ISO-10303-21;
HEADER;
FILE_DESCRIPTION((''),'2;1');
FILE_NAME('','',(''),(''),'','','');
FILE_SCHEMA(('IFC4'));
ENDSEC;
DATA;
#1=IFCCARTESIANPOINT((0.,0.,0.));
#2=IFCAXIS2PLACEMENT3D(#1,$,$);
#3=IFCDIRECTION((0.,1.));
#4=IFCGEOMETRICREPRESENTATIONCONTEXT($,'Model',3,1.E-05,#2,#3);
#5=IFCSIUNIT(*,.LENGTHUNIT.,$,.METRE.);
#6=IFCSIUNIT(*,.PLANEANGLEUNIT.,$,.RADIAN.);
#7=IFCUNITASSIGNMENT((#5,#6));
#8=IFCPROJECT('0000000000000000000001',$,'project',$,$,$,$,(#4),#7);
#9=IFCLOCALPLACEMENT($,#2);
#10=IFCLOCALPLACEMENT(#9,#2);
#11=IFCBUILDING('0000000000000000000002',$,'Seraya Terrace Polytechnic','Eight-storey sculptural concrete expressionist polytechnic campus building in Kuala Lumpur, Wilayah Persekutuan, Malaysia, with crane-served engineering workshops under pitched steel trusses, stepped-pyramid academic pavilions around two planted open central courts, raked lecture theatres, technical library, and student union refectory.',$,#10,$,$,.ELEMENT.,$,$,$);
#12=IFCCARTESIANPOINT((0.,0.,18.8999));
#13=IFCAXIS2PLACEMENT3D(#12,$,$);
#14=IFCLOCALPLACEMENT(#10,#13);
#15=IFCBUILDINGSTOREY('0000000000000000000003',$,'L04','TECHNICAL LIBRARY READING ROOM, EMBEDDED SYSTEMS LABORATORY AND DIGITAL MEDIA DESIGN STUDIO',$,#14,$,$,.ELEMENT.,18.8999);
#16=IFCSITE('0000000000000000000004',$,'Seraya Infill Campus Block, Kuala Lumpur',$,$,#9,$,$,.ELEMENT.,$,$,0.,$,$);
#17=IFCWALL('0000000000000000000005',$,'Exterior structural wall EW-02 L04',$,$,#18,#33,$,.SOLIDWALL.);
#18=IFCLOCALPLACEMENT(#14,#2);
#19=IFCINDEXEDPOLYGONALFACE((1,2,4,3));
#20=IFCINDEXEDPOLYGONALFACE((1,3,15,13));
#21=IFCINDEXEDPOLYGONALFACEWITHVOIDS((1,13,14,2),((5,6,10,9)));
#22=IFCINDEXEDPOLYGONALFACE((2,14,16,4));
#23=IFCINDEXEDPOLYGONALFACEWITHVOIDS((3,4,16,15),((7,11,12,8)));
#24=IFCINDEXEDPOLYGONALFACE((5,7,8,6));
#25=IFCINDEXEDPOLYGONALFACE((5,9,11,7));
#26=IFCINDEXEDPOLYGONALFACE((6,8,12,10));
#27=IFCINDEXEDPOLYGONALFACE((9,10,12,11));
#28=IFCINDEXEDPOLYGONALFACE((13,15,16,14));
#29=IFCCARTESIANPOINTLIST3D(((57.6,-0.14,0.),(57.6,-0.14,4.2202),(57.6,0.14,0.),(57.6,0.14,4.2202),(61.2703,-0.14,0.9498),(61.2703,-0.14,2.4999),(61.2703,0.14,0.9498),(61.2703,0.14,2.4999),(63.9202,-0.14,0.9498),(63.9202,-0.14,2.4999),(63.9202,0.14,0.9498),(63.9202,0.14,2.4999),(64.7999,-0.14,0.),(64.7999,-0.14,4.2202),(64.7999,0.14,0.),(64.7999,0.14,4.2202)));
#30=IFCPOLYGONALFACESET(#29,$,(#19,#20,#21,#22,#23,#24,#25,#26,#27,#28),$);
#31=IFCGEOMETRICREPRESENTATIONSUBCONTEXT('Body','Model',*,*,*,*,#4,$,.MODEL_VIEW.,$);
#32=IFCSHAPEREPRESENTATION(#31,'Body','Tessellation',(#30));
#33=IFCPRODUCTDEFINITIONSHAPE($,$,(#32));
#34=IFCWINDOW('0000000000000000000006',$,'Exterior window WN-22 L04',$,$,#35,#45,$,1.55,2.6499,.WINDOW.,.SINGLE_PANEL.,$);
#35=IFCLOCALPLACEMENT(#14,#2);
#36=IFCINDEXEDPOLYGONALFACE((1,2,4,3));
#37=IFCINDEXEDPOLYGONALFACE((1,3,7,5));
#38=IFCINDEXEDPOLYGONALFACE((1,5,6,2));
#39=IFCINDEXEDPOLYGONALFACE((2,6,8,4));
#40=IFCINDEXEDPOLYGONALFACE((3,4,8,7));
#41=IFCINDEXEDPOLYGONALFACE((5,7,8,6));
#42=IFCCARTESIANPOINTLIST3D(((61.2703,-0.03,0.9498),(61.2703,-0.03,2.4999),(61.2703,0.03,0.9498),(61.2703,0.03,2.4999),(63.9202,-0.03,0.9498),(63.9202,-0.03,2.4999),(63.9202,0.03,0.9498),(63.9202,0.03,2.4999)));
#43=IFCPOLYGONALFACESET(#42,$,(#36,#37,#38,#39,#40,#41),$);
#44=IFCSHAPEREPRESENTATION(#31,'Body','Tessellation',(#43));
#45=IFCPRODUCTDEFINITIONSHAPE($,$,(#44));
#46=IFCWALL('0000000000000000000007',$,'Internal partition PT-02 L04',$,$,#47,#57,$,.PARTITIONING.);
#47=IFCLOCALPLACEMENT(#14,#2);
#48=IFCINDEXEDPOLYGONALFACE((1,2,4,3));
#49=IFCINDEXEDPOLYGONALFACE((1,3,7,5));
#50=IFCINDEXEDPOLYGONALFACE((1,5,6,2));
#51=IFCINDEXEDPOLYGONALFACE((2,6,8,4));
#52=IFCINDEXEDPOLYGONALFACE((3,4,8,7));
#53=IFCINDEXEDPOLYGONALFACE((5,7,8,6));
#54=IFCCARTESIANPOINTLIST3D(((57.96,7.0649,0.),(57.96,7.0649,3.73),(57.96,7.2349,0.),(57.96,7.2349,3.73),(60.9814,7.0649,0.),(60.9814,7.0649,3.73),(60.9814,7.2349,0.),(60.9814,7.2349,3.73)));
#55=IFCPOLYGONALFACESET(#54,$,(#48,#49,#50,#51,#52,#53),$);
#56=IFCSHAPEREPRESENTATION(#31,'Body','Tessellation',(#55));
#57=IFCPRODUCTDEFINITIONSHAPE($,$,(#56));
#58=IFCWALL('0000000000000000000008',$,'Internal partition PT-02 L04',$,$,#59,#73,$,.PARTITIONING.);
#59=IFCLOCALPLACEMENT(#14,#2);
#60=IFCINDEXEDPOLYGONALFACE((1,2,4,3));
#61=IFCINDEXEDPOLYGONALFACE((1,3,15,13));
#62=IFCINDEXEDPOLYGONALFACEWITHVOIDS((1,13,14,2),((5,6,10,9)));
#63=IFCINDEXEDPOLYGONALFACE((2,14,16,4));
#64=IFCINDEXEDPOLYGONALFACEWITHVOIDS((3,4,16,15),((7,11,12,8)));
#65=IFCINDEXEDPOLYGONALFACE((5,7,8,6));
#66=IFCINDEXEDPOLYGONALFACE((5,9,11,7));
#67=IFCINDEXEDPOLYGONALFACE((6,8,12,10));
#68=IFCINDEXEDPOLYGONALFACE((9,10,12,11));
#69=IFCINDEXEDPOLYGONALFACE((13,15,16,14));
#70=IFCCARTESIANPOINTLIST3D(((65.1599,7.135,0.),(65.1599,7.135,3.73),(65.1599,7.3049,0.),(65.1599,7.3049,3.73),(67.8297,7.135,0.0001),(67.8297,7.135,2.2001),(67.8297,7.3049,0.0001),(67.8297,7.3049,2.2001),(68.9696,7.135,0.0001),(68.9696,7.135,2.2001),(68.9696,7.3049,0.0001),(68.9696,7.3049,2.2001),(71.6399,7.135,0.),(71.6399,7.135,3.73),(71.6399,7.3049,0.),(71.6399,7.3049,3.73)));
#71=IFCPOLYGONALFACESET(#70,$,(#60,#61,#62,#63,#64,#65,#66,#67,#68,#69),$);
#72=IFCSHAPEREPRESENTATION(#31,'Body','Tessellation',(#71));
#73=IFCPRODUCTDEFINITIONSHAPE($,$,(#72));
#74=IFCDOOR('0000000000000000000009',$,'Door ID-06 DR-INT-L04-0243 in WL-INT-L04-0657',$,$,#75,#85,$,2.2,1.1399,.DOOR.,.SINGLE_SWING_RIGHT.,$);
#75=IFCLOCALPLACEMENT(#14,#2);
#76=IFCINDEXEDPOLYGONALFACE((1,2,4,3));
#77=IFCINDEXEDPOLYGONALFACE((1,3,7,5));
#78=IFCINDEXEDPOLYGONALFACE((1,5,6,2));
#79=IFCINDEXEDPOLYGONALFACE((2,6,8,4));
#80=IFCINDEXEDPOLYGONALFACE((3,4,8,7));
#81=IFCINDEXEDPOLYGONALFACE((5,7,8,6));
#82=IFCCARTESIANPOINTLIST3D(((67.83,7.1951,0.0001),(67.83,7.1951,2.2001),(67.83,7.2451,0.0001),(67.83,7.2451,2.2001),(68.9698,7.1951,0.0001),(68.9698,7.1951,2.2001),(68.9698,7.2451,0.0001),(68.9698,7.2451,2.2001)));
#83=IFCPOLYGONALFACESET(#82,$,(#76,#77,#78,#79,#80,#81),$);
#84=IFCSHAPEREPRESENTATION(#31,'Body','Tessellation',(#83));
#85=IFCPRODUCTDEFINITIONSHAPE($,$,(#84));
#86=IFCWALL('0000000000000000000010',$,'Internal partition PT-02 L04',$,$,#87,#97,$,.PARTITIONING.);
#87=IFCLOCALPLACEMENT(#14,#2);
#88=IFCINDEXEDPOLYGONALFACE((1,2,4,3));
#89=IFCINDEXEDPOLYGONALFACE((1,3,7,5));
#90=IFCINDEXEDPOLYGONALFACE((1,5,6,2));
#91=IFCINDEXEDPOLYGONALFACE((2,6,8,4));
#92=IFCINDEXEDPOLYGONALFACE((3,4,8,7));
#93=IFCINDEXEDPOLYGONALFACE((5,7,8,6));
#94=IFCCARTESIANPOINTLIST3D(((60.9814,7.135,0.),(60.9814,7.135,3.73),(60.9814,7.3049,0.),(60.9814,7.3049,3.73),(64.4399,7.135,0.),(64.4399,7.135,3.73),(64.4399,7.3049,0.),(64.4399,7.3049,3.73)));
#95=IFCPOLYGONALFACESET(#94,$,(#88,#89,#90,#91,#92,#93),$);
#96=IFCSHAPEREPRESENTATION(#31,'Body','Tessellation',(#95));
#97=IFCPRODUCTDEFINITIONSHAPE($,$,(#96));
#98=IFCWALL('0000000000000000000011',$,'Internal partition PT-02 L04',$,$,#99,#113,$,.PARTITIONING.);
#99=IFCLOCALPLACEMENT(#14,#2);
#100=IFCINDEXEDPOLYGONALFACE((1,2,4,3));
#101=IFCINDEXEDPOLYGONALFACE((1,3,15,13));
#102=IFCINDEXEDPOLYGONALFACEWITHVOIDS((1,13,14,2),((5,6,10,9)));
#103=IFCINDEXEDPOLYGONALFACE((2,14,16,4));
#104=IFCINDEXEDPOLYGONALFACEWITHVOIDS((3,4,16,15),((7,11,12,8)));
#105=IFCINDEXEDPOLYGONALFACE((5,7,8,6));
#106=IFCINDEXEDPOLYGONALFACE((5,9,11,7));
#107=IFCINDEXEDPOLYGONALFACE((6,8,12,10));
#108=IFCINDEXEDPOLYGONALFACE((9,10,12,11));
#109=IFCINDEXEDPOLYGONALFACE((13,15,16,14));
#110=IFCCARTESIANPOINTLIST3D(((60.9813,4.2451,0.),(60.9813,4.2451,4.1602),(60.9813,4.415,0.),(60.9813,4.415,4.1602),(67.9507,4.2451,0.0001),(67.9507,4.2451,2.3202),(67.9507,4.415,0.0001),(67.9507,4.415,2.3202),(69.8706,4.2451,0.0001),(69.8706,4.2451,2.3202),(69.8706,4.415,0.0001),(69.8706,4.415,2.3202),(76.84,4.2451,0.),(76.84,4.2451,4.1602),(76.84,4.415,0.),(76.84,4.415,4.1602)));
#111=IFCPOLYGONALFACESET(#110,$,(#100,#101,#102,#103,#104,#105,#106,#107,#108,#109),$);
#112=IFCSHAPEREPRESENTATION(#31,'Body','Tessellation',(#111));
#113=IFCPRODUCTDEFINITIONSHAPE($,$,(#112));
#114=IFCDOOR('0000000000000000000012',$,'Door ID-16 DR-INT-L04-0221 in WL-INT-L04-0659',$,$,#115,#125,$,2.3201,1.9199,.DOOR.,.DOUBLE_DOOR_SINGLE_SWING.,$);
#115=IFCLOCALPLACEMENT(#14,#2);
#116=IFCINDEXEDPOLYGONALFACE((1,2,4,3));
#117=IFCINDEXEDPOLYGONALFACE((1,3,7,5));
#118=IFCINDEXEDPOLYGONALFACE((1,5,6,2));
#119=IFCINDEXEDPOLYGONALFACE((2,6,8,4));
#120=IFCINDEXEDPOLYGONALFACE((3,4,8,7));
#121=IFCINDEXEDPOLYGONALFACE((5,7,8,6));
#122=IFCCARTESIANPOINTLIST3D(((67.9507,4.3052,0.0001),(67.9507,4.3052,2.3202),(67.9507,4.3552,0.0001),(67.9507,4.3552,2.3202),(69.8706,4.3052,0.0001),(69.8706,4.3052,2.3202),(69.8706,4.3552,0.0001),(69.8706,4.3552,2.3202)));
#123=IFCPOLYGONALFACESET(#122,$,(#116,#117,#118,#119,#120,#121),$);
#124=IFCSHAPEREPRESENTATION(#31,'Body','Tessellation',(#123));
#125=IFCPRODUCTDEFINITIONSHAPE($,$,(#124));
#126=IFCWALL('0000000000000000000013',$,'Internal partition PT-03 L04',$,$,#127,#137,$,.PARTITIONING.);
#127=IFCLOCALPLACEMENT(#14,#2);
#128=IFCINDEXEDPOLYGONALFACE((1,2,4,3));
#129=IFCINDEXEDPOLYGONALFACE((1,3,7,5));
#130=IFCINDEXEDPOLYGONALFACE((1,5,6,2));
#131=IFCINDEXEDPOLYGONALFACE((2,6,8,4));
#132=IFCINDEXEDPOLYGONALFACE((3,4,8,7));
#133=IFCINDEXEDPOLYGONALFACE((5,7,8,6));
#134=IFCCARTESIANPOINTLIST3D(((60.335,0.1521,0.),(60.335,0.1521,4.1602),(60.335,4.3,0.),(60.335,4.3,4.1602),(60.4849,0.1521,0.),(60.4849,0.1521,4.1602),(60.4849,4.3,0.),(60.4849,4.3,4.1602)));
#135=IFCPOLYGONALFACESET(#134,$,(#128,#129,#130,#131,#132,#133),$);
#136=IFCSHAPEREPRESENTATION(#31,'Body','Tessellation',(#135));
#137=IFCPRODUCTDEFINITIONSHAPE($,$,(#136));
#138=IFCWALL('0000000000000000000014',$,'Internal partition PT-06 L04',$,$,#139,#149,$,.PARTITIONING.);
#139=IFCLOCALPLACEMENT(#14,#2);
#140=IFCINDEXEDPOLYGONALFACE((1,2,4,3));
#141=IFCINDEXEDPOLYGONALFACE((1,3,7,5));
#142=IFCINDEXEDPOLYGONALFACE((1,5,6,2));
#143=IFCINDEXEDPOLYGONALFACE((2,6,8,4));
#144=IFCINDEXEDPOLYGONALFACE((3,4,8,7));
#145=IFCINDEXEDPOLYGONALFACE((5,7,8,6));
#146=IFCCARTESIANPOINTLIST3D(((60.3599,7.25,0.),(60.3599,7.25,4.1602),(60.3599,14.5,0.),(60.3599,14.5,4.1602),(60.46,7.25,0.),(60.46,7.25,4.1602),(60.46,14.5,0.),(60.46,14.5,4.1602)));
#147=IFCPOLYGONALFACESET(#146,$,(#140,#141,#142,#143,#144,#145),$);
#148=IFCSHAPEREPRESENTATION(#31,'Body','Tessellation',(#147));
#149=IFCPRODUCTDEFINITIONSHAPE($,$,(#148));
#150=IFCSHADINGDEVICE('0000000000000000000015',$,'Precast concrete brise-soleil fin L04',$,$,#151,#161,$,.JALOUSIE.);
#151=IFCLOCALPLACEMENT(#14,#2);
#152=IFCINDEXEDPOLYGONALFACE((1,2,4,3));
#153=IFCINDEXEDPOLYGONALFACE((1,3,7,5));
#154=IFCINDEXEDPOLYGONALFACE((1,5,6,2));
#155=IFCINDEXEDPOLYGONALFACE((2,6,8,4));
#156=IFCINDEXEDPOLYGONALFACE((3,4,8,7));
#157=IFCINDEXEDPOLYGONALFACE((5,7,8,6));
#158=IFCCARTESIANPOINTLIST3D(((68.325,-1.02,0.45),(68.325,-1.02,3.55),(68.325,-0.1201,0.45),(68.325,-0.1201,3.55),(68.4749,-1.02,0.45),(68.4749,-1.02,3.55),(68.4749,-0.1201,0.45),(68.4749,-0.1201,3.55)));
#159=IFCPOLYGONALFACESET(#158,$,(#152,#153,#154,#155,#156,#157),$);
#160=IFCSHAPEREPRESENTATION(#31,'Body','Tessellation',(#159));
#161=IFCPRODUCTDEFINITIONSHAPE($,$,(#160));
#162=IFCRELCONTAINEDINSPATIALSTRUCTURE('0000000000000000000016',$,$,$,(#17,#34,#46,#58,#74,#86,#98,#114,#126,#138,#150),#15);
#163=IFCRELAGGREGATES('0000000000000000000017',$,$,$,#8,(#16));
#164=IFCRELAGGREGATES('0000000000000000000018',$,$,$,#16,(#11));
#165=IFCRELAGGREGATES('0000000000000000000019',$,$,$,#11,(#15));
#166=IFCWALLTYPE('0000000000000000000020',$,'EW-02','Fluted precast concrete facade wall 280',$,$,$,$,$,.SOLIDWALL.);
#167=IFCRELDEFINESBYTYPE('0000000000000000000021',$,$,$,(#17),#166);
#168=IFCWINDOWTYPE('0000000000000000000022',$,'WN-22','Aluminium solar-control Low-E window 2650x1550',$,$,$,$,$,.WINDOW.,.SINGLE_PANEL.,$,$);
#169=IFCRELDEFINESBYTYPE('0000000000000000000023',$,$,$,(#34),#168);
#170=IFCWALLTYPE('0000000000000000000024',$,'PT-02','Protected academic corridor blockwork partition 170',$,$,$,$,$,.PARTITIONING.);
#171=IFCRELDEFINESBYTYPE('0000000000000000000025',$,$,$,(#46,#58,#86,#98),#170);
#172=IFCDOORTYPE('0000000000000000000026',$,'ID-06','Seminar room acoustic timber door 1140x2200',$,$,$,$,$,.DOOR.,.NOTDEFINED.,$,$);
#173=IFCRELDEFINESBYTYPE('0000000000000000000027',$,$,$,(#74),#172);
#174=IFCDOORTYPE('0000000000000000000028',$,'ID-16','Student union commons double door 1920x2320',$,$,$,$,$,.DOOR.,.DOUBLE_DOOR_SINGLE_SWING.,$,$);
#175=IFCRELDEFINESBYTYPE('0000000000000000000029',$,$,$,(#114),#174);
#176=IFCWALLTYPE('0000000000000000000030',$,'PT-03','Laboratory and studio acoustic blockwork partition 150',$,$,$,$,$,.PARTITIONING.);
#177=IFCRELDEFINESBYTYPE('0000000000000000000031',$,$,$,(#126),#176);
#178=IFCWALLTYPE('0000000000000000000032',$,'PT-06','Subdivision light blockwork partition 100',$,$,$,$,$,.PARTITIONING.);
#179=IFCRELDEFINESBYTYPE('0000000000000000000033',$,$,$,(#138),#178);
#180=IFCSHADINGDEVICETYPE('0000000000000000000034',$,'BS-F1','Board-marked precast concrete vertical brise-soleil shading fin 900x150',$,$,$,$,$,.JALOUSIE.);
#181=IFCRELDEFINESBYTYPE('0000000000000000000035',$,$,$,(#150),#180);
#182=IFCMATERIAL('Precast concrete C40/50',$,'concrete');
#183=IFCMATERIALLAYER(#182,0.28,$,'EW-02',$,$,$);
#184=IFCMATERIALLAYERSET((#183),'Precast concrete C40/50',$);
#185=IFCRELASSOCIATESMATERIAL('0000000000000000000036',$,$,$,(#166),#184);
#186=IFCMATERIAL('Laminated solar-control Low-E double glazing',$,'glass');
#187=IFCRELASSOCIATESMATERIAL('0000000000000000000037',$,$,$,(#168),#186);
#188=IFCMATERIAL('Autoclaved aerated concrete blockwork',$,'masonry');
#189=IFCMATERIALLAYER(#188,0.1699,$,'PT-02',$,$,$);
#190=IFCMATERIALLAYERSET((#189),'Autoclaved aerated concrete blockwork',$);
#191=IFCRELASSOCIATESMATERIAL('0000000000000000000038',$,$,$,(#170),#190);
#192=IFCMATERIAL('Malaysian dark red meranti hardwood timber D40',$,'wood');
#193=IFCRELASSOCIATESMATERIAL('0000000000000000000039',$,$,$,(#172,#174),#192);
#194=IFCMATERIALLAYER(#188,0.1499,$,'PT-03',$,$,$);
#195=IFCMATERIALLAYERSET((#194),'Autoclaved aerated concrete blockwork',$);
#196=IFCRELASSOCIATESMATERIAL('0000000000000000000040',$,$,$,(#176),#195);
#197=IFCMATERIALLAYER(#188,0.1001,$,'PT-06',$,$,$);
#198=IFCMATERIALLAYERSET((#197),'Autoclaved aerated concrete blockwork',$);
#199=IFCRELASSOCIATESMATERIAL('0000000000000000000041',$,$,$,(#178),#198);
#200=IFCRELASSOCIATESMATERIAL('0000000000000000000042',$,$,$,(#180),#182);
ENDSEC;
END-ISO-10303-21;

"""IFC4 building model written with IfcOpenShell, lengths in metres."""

from ifc_helpers import new_model, si_unit, direction, frame, frame_2d, origin, origin_2d, place, context, subcontext, project, spatial, rectangle, extrude, material, layer, layer_set, type_object, element, fill, save


model = new_model("IFC4")

# Units and contexts
model_context = context("Model", 3, precision=1e-05, world=origin(), true_north=direction((0.0, 1.0)))
body_context = subcontext(model_context, "Body", "Model", "MODEL_VIEW")
ifc_project = project(units=[si_unit("LENGTHUNIT", "METRE"), si_unit("PLANEANGLEUNIT", "RADIAN")], contexts=[model_context])

# Site, building, storey
site_placement = place(None, origin())
site = spatial("IfcSite", under=ifc_project, at=site_placement, Name="Seraya Infill Campus Block, Kuala Lumpur", CompositionType="ELEMENT", RefElevation=0.0)
building_placement = place(site_placement, origin())
building = spatial("IfcBuilding", under=site, at=building_placement, Name="Seraya Terrace Polytechnic", Description="Eight-storey sculptural concrete expressionist polytechnic campus building in Kuala Lumpur, Wilayah Persekutuan, Malaysia, with crane-served engineering workshops under pitched steel trusses, stepped-pyramid academic pavilions around two planted open central courts, raked lecture theatres, technical library, and student union refectory.", CompositionType="ELEMENT")
storey_placement = place(building_placement, frame((0.0, 0.0, 18.8999)))
storey = spatial("IfcBuildingStorey", under=building, at=storey_placement, Name="L04", Description="TECHNICAL LIBRARY READING ROOM, EMBEDDED SYSTEMS LABORATORY AND DIGITAL MEDIA DESIGN STUDIO", CompositionType="ELEMENT", Elevation=18.8999)

# Wall, opening, window
ifc_material_1 = material(Name="Precast concrete C40/50", Category="concrete")
ifc_layer_1 = layer(ifc_material_1, 0.28, Name="EW-02")
ifc_layer_set_1 = layer_set([ifc_layer_1], Name="Precast concrete C40/50")
wall_type_1 = type_object("IfcWallType", Name="EW-02", Description="Fluted precast concrete facade wall 280", PredefinedType="SOLIDWALL", material=ifc_layer_set_1)
wall_1_placement = place(storey_placement, frame((64.8, 0.0, 0.0), z_axis=(0.0, 0.0, 1.0), x_axis=(-1.0, 0.0, 0.0)))
wall_1 = element("IfcWall", 1, at=wall_1_placement, inside=storey, type_object=wall_type_1, Name="Exterior structural wall EW-02 L04", PredefinedType="SOLIDWALL", context=body_context, shape_type="SweptSolid", body=[
    extrude(rectangle(XDim=7.2, YDim=0.28, at=frame_2d((3.6001, 0.0))), origin(), (0.0, 0.0, 1.0), 4.2202),
])
opening_1_placement = place(wall_1_placement, frame((0.8799, 0.0, 0.95)))
opening_1 = element("IfcOpeningElement", 2, at=opening_1_placement, cuts=wall_1, PredefinedType="OPENING", context=body_context, shape_type="SweptSolid", body=[
    extrude(rectangle(XDim=2.6499, YDim=1.55, at=frame_2d((1.325, 0.7749))), frame((0.0, 0.1519, 0.0), z_axis=(0.0, -1.0, 0.0), x_axis=(1.0, 0.0, 0.0)), (0.0, 0.0, 1.0), 0.304),
])
ifc_material_2 = material(Name="Laminated solar-control Low-E double glazing", Category="glass")
window_type = type_object("IfcWindowType", Name="WN-22", Description="Aluminium solar-control Low-E window 2650x1550", PartitioningType="SINGLE_PANEL", PredefinedType="WINDOW", material=ifc_material_2)
window_placement = place(opening_1_placement, origin())
window = element("IfcWindow", 3, at=window_placement, inside=storey, type_object=window_type, Name="Exterior window WN-22 L04", OverallHeight=1.55, OverallWidth=2.6499, PartitioningType="SINGLE_PANEL", PredefinedType="WINDOW", context=body_context, shape_type="SweptSolid", body=[
    extrude(rectangle(XDim=2.6499, YDim=1.55, at=frame_2d((1.325, 0.7749))), frame((0.0, 0.03, 0.0), z_axis=(0.0, -1.0, 0.0), x_axis=(1.0, 0.0, 0.0)), (0.0, 0.0, 1.0), 0.0601),
])
fill(opening_1, window)

# Wall
ifc_material_3 = material(Name="Autoclaved aerated concrete blockwork", Category="masonry")
ifc_layer_2 = layer(ifc_material_3, 0.1699, Name="PT-02")
ifc_layer_set_2 = layer_set([ifc_layer_2], Name="Autoclaved aerated concrete blockwork")
wall_type_2 = type_object("IfcWallType", Name="PT-02", Description="Protected academic corridor blockwork partition 170", PredefinedType="PARTITIONING", material=ifc_layer_set_2)
wall_2_placement = place(storey_placement, frame((57.96, 7.1499, 0.0), z_axis=(0.0, 0.0, 1.0), x_axis=(1.0, 0.0, 0.0)))
element("IfcWall", 4, at=wall_2_placement, inside=storey, type_object=wall_type_2, Name="Internal partition PT-02 L04", PredefinedType="PARTITIONING", context=body_context, shape_type="SweptSolid", body=[
    extrude(rectangle(XDim=3.0215, YDim=0.1699, at=frame_2d((1.5107, 0.0))), origin(), (0.0, 0.0, 1.0), 3.73),
])

# Wall, opening, door
wall_3_placement = place(storey_placement, frame((65.1599, 7.22, 0.0), z_axis=(0.0, 0.0, 1.0), x_axis=(1.0, 0.0, 0.0)))
wall_3 = element("IfcWall", 5, at=wall_3_placement, inside=storey, type_object=wall_type_2, Name="Internal partition PT-02 L04", PredefinedType="PARTITIONING", context=body_context, shape_type="SweptSolid", body=[
    extrude(rectangle(XDim=6.48, YDim=0.1699, at=frame_2d((3.24, 0.0))), origin(), (0.0, 0.0, 1.0), 3.73),
])
opening_2_placement = place(wall_3_placement, frame((2.6699, 0.0, 0.0)))
opening_2 = element("IfcOpeningElement", 6, at=opening_2_placement, cuts=wall_3, PredefinedType="OPENING", context=body_context, shape_type="SweptSolid", body=[
    extrude(rectangle(XDim=1.1399, YDim=2.2, at=frame_2d((0.5698, 1.1001))), frame((0.0, 0.0969, 0.0), z_axis=(0.0, -1.0, 0.0), x_axis=(1.0, 0.0, 0.0)), (0.0, 0.0, 1.0), 0.1938),
])
ifc_material_4 = material(Name="Malaysian dark red meranti hardwood timber D40", Category="wood")
door_type_1 = type_object("IfcDoorType", Name="ID-06", Description="Seminar room acoustic timber door 1140x2200", OperationType="NOTDEFINED", PredefinedType="DOOR", material=ifc_material_4)
door_1_placement = place(opening_2_placement, frame((1.1399, 0.0, 0.0), z_axis=(0.0, 0.0, 1.0), x_axis=(-1.0, 0.0, 0.0)))
door_1 = element("IfcDoor", 7, at=door_1_placement, inside=storey, type_object=door_type_1, Name="Door ID-06 DR-INT-L04-0243 in WL-INT-L04-0657", OperationType="SINGLE_SWING_RIGHT", OverallHeight=2.2, OverallWidth=1.1399, PredefinedType="DOOR", context=body_context, shape_type="SweptSolid", body=[
    extrude(rectangle(XDim=1.1399, YDim=2.2, at=frame_2d((0.5698, 1.1001))), frame((0.0, 0.0249, 0.0), z_axis=(0.0, -1.0, 0.0), x_axis=(1.0, 0.0, 0.0)), (0.0, 0.0, 1.0), 0.05),
])
fill(opening_2, door_1)

# Wall
wall_4_placement = place(storey_placement, frame((60.9814, 7.22, 0.0), z_axis=(0.0, 0.0, 1.0), x_axis=(1.0, 0.0, 0.0)))
element("IfcWall", 8, at=wall_4_placement, inside=storey, type_object=wall_type_2, Name="Internal partition PT-02 L04", PredefinedType="PARTITIONING", context=body_context, shape_type="SweptSolid", body=[
    extrude(rectangle(XDim=3.4585, YDim=0.1699, at=frame_2d((1.7292, 0.0))), origin(), (0.0, 0.0, 1.0), 3.73),
])

# Wall, opening, door
wall_5_placement = place(storey_placement, frame((60.9814, 4.3301, 0.0), z_axis=(0.0, 0.0, 1.0), x_axis=(1.0, 0.0, 0.0)))
wall_5 = element("IfcWall", 9, at=wall_5_placement, inside=storey, type_object=wall_type_2, Name="Internal partition PT-02 L04", PredefinedType="PARTITIONING", context=body_context, shape_type="SweptSolid", body=[
    extrude(rectangle(XDim=15.8586, YDim=0.1699, at=frame_2d((7.9292, 0.0))), origin(), (0.0, 0.0, 1.0), 4.1602),
])
opening_3_placement = place(wall_5_placement, frame((6.9692, 0.0, 0.0)))
opening_3 = element("IfcOpeningElement", 10, at=opening_3_placement, cuts=wall_5, PredefinedType="OPENING", context=body_context, shape_type="SweptSolid", body=[
    extrude(rectangle(XDim=1.9199, YDim=2.3201, at=frame_2d((0.96, 1.1602))), frame((0.0, 0.0969, 0.0), z_axis=(0.0, -1.0, 0.0), x_axis=(1.0, 0.0, 0.0)), (0.0, 0.0, 1.0), 0.1938),
])
door_type_2 = type_object("IfcDoorType", Name="ID-16", Description="Student union commons double door 1920x2320", OperationType="DOUBLE_DOOR_SINGLE_SWING", PredefinedType="DOOR", material=ifc_material_4)
door_2_placement = place(opening_3_placement, frame((1.9199, 0.0, 0.0), z_axis=(0.0, 0.0, 1.0), x_axis=(-1.0, 0.0, 0.0)))
door_2 = element("IfcDoor", 11, at=door_2_placement, inside=storey, type_object=door_type_2, Name="Door ID-16 DR-INT-L04-0221 in WL-INT-L04-0659", OperationType="DOUBLE_DOOR_SINGLE_SWING", OverallHeight=2.3201, OverallWidth=1.9199, PredefinedType="DOOR", context=body_context, shape_type="SweptSolid", body=[
    extrude(rectangle(XDim=1.9199, YDim=2.3201, at=frame_2d((0.96, 1.1602))), frame((0.0, 0.0249, 0.0), z_axis=(0.0, -1.0, 0.0), x_axis=(1.0, 0.0, 0.0)), (0.0, 0.0, 1.0), 0.05),
])
fill(opening_3, door_2)

# Walls
ifc_layer_3 = layer(ifc_material_3, 0.1499, Name="PT-03")
ifc_layer_set_3 = layer_set([ifc_layer_3], Name="Autoclaved aerated concrete blockwork")
wall_type_3 = type_object("IfcWallType", Name="PT-03", Description="Laboratory and studio acoustic blockwork partition 150", PredefinedType="PARTITIONING", material=ifc_layer_set_3)
wall_6_placement = place(storey_placement, frame((60.4099, 0.1521, 0.0), z_axis=(0.0, 0.0, 1.0), x_axis=(0.0, 1.0, 0.0)))
element("IfcWall", 12, at=wall_6_placement, inside=storey, type_object=wall_type_3, Name="Internal partition PT-03 L04", PredefinedType="PARTITIONING", context=body_context, shape_type="SweptSolid", body=[
    extrude(rectangle(XDim=4.1479, YDim=0.1499, at=frame_2d((2.074, 0.0))), origin(), (0.0, 0.0, 1.0), 4.1602),
])
ifc_layer_4 = layer(ifc_material_3, 0.1001, Name="PT-06")
ifc_layer_set_4 = layer_set([ifc_layer_4], Name="Autoclaved aerated concrete blockwork")
wall_type_4 = type_object("IfcWallType", Name="PT-06", Description="Subdivision light blockwork partition 100", PredefinedType="PARTITIONING", material=ifc_layer_set_4)
wall_7_placement = place(storey_placement, frame((60.4099, 7.25, 0.0), z_axis=(0.0, 0.0, 1.0), x_axis=(0.0, 1.0, 0.0)))
element("IfcWall", 13, at=wall_7_placement, inside=storey, type_object=wall_type_4, Name="Internal partition PT-06 L04", PredefinedType="PARTITIONING", context=body_context, shape_type="SweptSolid", body=[
    extrude(rectangle(XDim=7.25, YDim=0.1001, at=frame_2d((3.625, 0.0))), origin(), (0.0, 0.0, 1.0), 4.1602),
])

# Shading device
shading_device_type = type_object("IfcShadingDeviceType", Name="BS-F1", Description="Board-marked precast concrete vertical brise-soleil shading fin 900x150", PredefinedType="JALOUSIE", material=ifc_material_1)
shading_device_placement = place(storey_placement, frame((68.3999, -0.5701, 0.45), z_axis=(0.0, 0.0, 1.0), x_axis=(0.0, -1.0, 0.0)))
element("IfcShadingDevice", 14, at=shading_device_placement, inside=storey, type_object=shading_device_type, Name="Precast concrete brise-soleil fin L04", PredefinedType="JALOUSIE", context=body_context, shape_type="SweptSolid", body=[
    extrude(rectangle(XDim=0.8999, YDim=0.1499, at=origin_2d()), origin(), (0.0, 0.0, 1.0), 3.1001),
])

save(model, "model.ifc")
